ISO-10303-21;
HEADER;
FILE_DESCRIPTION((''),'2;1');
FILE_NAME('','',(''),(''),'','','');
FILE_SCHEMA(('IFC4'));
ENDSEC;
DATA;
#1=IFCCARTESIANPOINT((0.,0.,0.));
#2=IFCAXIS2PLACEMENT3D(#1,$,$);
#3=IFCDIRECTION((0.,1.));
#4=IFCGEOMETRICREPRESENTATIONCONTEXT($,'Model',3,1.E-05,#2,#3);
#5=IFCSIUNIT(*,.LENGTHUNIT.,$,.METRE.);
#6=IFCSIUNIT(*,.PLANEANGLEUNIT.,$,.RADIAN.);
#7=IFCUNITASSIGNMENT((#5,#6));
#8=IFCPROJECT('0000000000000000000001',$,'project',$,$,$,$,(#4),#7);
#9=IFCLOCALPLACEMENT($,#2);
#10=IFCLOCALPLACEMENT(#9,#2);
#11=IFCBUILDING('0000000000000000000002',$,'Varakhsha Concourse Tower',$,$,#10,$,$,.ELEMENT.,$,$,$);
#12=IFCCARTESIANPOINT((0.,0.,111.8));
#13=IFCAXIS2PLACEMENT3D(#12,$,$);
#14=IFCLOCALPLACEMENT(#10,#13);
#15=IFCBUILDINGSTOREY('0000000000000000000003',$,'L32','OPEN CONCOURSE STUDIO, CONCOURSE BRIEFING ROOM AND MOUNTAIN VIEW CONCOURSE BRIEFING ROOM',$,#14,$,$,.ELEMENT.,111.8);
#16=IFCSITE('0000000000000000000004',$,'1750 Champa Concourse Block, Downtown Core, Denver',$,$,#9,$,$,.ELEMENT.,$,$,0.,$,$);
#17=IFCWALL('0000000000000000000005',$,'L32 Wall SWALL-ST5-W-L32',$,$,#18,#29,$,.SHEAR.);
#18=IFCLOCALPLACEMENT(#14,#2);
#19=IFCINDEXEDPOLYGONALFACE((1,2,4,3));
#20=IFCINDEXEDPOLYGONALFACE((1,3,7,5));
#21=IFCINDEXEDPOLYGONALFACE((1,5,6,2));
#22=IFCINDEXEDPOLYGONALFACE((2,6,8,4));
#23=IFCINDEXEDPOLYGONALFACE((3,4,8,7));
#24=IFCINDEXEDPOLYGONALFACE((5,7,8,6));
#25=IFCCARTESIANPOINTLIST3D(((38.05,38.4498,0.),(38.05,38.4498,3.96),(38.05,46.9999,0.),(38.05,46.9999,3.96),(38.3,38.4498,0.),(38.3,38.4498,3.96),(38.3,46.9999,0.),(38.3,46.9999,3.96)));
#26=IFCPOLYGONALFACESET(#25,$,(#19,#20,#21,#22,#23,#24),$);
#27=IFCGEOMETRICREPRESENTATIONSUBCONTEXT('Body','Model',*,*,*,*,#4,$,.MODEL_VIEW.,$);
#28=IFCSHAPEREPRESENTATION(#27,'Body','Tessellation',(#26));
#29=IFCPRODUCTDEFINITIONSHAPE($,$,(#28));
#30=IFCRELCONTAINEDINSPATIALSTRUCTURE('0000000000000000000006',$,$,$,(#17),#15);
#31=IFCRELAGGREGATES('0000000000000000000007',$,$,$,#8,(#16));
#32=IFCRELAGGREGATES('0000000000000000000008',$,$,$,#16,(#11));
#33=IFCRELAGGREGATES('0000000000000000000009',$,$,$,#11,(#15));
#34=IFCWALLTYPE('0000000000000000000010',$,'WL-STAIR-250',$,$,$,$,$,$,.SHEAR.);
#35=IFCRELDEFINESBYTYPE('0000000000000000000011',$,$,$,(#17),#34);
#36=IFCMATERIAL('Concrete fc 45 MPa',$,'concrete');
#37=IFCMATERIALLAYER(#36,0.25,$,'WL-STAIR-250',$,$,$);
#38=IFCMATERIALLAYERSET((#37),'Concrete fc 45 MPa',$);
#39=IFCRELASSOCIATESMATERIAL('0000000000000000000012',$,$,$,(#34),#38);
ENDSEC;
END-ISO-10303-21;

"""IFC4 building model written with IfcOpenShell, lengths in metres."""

from ifc_helpers import new_model, si_unit, direction, frame, frame_2d, origin, place, context, subcontext, project, spatial, rectangle, extrude, material, layer, layer_set, type_object, element, save


model = new_model("IFC4")

# Units and contexts
model_context = context("Model", 3, precision=1e-05, world=origin(), true_north=direction((0.0, 1.0)))
body_context = subcontext(model_context, "Body", "Model", "MODEL_VIEW")
ifc_project = project(units=[si_unit("LENGTHUNIT", "METRE"), si_unit("PLANEANGLEUNIT", "RADIAN")], contexts=[model_context])

# Site, building, storey
site_placement = place(None, origin())
site = spatial("IfcSite", under=ifc_project, at=site_placement, Name="1750 Champa Concourse Block, Downtown Core, Denver", CompositionType="ELEMENT", RefElevation=0.0)
building_placement = place(site_placement, origin())
building = spatial("IfcBuilding", under=site, at=building_placement, Name="Varakhsha Concourse Tower", CompositionType="ELEMENT")
storey_placement = place(building_placement, frame((0.0, 0.0, 111.8)))
storey = spatial("IfcBuildingStorey", under=building, at=storey_placement, Name="L32", Description="OPEN CONCOURSE STUDIO, CONCOURSE BRIEFING ROOM AND MOUNTAIN VIEW CONCOURSE BRIEFING ROOM", CompositionType="ELEMENT", Elevation=111.8)

# Wall
ifc_material_1 = material(Name="Concrete fc 45 MPa", Category="concrete")
ifc_layer_1 = layer(ifc_material_1, 0.25, Name="WL-STAIR-250")
ifc_layer_set_1 = layer_set([ifc_layer_1], Name="Concrete fc 45 MPa")
wall_type_1 = type_object("IfcWallType", Name="WL-STAIR-250", PredefinedType="SHEAR", material=ifc_layer_set_1)
wall_1_placement = place(storey_placement, frame((38.175, 38.45, 0.0), z_axis=(0.0, 0.0, 1.0), x_axis=(0.0, 1.0, 0.0)))
element("IfcWall", 1, at=wall_1_placement, inside=storey, type_object=wall_type_1, Name="L32 Wall SWALL-ST5-W-L32", PredefinedType="SHEAR", context=body_context, shape_type="SweptSolid", body=[
    extrude(rectangle(XDim=8.55, YDim=0.25, at=frame_2d((4.2749, 0.0))), origin(), (0.0, 0.0, 1.0), 3.96),
])

save(model, "model.ifc")
